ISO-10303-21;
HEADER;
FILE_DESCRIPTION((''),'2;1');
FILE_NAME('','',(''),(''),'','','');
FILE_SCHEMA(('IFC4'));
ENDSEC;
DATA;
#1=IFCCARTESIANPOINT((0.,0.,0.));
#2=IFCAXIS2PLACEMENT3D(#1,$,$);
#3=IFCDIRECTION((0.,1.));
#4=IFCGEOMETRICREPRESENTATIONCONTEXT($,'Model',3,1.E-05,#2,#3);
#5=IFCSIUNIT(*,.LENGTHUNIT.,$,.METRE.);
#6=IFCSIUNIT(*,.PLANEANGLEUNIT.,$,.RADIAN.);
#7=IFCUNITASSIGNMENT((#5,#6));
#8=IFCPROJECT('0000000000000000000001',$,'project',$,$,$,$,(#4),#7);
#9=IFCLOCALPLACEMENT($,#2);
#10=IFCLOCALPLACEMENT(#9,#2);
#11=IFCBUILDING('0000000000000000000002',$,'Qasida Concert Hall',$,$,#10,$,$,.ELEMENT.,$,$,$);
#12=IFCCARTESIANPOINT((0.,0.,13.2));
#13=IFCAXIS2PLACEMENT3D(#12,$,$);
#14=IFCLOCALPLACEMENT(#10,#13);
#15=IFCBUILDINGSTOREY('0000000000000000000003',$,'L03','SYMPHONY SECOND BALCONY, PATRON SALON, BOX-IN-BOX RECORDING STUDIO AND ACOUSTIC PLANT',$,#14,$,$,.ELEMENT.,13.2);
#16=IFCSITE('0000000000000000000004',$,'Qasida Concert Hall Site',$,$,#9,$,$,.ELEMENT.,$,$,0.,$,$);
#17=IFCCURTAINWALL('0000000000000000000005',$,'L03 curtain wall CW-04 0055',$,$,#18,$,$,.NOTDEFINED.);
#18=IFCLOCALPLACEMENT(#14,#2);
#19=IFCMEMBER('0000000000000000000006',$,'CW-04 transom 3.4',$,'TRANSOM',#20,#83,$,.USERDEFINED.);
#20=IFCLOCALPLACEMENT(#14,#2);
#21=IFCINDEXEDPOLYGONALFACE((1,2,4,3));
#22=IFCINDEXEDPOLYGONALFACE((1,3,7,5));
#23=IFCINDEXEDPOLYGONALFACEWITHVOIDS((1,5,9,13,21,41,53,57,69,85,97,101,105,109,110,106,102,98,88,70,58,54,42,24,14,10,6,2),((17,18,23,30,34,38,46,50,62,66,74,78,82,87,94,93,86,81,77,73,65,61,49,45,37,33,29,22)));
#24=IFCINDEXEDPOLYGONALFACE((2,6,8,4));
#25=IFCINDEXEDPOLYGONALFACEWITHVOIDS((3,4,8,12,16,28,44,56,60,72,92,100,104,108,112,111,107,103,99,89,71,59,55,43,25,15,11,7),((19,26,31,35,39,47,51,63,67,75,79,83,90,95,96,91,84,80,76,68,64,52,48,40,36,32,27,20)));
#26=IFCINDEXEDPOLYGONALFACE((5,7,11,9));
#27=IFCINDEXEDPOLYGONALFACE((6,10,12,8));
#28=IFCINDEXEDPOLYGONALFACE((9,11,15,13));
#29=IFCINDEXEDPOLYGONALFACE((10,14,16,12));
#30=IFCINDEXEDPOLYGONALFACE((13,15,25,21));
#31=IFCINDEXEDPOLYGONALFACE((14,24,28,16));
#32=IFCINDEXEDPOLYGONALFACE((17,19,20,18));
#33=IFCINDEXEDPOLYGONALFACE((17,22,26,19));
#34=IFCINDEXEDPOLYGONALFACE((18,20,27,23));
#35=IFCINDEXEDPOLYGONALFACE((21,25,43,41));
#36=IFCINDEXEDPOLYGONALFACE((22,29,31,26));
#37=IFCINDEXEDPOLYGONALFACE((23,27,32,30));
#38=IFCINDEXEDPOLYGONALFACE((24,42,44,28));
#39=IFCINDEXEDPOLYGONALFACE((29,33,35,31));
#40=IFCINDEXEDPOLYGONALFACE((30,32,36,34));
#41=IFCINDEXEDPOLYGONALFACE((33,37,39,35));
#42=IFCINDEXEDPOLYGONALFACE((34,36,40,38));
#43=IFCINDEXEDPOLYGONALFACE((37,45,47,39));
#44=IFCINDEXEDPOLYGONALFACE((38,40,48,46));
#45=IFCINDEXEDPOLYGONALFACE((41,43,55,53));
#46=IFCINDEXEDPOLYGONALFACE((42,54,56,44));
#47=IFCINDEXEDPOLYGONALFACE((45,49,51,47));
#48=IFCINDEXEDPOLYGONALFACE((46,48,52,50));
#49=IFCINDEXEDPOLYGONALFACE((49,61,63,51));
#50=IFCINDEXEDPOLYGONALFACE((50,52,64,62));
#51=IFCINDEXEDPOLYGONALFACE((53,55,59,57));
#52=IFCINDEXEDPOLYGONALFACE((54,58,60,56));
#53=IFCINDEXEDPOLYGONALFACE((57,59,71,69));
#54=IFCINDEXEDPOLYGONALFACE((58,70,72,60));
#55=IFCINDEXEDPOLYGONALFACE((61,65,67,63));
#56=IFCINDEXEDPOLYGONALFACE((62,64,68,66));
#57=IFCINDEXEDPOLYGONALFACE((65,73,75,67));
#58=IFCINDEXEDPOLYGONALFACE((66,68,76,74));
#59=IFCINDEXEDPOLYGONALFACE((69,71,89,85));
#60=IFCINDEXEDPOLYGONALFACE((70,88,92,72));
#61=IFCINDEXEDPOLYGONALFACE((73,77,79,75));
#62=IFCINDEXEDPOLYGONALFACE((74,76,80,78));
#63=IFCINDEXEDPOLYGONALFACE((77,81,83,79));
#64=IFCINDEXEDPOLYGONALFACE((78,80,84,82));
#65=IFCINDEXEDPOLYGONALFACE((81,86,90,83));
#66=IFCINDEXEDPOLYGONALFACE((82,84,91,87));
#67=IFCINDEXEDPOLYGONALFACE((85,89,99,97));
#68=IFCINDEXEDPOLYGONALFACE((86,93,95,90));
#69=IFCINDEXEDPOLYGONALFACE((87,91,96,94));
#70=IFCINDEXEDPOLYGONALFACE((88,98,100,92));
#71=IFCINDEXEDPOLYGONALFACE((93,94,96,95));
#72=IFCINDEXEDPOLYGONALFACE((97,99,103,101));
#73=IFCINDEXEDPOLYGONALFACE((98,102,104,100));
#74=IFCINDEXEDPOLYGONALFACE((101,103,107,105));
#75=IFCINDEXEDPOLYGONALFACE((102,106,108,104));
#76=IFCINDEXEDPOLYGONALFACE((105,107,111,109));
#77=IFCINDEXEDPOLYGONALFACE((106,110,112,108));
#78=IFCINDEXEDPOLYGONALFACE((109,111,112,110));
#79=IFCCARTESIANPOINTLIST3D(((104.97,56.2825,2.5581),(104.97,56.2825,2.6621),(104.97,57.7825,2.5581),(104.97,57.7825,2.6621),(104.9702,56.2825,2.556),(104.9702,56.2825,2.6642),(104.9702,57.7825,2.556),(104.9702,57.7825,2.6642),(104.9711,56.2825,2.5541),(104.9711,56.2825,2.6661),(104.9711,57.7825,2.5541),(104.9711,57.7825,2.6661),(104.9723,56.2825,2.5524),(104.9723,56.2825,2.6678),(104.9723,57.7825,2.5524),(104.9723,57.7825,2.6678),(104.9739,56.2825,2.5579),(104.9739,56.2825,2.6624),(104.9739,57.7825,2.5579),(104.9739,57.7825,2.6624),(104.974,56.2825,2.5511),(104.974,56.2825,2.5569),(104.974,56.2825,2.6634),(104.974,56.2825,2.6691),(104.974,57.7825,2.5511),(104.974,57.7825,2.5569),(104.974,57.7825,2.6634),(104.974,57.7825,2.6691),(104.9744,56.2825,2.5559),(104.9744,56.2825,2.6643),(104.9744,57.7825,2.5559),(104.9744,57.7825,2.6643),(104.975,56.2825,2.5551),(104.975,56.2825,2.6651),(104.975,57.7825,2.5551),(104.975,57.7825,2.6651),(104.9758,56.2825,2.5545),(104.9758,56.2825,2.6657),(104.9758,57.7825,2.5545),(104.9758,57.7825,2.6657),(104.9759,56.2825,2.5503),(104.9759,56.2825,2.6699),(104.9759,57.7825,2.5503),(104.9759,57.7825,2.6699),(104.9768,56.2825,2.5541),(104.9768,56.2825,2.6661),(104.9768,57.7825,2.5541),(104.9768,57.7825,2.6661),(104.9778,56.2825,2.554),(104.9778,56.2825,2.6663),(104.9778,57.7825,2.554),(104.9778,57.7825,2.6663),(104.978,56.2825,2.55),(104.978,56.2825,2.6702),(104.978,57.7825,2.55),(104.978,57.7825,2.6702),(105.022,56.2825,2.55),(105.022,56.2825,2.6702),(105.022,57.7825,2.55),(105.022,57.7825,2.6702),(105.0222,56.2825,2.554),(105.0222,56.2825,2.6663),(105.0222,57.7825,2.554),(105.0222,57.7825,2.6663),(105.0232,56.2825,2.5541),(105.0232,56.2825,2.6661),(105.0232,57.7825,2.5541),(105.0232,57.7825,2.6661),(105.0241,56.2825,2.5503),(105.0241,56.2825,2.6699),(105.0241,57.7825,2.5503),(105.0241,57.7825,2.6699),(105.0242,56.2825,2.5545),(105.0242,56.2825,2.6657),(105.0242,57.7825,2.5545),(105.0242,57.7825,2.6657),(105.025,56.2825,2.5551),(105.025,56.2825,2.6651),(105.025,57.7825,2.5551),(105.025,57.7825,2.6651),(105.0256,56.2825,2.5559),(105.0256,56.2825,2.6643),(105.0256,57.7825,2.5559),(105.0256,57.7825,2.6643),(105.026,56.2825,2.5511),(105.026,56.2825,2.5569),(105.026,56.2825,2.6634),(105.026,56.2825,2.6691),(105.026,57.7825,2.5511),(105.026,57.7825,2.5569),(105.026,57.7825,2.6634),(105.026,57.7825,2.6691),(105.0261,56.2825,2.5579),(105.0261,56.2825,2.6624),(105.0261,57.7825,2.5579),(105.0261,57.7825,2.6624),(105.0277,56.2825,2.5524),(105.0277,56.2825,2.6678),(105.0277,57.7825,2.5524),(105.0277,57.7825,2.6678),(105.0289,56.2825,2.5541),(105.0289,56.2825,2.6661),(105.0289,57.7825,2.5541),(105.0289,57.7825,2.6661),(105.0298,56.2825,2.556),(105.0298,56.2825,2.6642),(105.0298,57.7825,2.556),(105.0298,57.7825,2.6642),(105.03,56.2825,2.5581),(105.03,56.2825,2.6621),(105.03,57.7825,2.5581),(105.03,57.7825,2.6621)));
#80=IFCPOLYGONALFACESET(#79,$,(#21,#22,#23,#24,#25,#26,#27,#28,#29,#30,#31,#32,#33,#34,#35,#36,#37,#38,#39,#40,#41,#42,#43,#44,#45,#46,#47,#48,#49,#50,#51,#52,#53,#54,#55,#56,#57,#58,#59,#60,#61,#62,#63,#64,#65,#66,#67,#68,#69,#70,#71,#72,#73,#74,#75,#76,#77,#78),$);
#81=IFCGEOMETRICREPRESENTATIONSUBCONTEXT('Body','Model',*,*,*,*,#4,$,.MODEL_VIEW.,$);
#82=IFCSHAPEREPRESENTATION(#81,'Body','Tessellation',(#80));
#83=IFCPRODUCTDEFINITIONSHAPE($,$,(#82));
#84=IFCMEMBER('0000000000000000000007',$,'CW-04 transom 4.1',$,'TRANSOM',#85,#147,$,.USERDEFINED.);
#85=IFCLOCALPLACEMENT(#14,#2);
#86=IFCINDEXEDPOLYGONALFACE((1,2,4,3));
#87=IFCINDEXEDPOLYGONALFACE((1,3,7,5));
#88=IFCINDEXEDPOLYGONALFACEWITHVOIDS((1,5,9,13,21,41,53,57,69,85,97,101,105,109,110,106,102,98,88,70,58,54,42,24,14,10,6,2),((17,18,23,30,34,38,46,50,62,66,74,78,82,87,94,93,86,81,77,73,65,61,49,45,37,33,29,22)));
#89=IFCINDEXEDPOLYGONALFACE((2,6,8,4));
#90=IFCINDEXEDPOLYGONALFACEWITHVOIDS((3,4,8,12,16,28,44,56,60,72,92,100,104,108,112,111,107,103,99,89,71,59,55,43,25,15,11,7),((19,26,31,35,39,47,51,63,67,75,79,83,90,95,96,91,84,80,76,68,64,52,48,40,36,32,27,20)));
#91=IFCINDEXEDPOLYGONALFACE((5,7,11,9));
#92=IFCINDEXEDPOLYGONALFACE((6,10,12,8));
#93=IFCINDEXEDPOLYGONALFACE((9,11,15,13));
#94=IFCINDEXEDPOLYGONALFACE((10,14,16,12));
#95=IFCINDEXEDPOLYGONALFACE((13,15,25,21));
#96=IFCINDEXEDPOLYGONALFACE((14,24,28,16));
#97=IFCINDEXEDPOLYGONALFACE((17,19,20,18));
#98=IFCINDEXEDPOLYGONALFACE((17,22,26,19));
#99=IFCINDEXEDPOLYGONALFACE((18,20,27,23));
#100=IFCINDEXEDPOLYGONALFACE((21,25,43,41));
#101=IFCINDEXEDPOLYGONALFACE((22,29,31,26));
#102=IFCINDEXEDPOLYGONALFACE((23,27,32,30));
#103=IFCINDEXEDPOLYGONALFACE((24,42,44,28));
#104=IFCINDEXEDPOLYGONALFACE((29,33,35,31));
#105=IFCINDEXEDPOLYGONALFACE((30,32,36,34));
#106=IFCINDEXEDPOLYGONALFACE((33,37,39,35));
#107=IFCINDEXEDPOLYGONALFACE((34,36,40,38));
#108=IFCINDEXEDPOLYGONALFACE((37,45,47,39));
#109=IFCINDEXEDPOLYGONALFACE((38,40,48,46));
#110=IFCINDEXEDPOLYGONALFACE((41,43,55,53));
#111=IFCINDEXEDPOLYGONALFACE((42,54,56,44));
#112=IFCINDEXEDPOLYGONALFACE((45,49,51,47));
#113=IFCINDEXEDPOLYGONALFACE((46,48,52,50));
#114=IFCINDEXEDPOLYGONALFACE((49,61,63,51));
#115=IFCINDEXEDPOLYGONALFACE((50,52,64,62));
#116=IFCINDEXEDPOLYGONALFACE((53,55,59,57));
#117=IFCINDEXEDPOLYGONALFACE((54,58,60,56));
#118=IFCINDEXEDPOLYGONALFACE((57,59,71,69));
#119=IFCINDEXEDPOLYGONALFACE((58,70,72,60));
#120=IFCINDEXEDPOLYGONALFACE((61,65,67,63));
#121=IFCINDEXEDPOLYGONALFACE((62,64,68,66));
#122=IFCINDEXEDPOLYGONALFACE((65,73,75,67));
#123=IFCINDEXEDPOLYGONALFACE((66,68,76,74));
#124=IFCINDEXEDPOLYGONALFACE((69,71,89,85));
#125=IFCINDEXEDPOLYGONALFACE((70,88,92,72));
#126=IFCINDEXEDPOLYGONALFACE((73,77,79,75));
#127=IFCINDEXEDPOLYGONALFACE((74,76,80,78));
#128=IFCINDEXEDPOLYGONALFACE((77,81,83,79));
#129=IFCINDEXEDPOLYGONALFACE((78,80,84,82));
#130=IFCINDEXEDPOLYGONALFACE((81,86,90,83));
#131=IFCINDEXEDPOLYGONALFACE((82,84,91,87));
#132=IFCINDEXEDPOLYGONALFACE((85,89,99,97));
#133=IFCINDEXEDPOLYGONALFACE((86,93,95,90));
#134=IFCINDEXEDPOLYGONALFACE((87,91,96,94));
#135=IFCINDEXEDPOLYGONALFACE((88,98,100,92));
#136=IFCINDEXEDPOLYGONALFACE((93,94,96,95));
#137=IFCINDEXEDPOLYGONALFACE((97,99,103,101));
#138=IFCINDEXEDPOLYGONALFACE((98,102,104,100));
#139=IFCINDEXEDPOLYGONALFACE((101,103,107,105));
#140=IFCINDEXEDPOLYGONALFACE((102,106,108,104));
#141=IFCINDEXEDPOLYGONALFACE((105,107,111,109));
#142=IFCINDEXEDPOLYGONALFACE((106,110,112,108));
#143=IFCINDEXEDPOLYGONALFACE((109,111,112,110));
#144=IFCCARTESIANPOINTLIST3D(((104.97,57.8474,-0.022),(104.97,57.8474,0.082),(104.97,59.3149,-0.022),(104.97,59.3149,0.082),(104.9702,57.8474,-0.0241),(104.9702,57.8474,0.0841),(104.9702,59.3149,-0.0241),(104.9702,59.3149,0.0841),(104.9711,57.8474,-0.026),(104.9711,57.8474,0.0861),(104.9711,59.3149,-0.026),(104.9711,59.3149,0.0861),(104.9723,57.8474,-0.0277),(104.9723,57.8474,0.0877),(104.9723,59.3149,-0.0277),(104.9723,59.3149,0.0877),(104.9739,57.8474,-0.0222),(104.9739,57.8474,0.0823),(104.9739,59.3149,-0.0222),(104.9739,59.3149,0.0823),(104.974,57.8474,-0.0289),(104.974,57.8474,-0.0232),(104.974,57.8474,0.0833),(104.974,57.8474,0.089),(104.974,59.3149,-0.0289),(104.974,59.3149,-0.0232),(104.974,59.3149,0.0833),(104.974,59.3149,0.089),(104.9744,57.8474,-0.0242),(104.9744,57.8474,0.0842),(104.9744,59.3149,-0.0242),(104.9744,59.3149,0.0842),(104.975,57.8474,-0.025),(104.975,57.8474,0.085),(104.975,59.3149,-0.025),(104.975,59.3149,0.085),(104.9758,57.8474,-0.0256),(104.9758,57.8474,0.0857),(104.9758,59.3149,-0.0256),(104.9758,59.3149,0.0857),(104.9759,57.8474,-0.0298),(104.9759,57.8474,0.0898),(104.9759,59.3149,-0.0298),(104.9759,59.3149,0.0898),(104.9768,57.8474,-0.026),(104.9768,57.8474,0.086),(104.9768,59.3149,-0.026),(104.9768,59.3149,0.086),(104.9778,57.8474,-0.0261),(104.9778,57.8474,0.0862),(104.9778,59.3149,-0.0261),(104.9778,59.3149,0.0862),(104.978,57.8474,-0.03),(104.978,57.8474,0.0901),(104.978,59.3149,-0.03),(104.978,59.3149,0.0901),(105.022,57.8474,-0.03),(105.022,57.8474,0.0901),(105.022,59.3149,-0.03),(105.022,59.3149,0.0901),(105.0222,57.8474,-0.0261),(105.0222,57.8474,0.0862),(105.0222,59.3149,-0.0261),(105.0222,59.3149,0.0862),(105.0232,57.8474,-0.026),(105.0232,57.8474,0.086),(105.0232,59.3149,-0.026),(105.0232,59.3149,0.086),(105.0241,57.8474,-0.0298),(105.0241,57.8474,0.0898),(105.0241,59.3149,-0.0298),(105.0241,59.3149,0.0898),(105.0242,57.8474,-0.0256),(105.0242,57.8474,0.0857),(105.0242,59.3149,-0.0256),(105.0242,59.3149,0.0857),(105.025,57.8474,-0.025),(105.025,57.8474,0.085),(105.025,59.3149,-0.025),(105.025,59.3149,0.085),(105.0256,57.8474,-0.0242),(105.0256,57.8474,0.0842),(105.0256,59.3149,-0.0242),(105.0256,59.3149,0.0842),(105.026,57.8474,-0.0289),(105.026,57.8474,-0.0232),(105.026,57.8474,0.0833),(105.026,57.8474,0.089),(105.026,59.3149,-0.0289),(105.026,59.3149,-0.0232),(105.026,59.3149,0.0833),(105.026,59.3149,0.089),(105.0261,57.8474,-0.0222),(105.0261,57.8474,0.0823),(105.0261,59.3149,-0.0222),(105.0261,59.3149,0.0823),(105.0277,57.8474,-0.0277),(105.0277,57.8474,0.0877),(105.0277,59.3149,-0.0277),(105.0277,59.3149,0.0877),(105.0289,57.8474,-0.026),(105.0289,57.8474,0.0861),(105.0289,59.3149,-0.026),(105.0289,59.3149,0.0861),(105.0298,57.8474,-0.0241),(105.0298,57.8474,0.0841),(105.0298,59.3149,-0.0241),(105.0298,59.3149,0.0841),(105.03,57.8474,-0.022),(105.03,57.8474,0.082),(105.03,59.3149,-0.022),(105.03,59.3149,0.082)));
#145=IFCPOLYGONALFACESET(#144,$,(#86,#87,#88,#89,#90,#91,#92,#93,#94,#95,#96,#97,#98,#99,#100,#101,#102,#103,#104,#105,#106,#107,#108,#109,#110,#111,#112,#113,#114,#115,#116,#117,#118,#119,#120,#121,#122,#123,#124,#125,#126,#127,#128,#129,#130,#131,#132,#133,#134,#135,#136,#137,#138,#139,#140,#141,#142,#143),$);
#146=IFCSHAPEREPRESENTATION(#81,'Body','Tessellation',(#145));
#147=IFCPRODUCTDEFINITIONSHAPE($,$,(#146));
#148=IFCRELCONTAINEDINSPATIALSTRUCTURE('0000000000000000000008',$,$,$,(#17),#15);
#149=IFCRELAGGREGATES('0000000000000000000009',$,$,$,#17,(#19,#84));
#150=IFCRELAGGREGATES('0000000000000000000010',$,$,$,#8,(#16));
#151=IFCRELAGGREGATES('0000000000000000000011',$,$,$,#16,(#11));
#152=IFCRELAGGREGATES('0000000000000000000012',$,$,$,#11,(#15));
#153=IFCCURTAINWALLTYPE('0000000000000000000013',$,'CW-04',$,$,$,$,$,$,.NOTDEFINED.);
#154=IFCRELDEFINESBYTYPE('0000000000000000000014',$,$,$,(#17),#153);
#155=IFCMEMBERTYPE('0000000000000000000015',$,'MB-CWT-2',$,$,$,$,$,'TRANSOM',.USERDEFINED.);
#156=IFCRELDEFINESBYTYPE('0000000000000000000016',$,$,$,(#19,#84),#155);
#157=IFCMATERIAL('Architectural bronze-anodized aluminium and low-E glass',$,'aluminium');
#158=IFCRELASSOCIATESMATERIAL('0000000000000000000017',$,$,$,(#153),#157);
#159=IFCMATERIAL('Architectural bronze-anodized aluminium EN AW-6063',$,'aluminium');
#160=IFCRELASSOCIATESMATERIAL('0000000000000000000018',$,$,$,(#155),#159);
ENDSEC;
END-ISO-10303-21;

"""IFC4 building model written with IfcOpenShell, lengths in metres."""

from ifc_helpers import new_model, si_unit, direction, frame, origin, origin_2d, place, context, subcontext, project, spatial, hollow_rectangle, extrude, material, material_profile, profile_set, type_object, element, aggregate, save


model = new_model("IFC4")

# Units and contexts
model_context = context("Model", 3, precision=1e-05, world=origin(), true_north=direction((0.0, 1.0)))
body_context = subcontext(model_context, "Body", "Model", "MODEL_VIEW")
ifc_project = project(units=[si_unit("LENGTHUNIT", "METRE"), si_unit("PLANEANGLEUNIT", "RADIAN")], contexts=[model_context])

# Site, building, storey
site_placement = place(None, origin())
site = spatial("IfcSite", under=ifc_project, at=site_placement, Name="Qasida Concert Hall Site", CompositionType="ELEMENT", RefElevation=0.0)
building_placement = place(site_placement, origin())
building = spatial("IfcBuilding", under=site, at=building_placement, Name="Qasida Concert Hall", CompositionType="ELEMENT")
storey_placement = place(building_placement, frame((0.0, 0.0, 13.2)))
storey = spatial("IfcBuildingStorey", under=building, at=storey_placement, Name="L03", Description="SYMPHONY SECOND BALCONY, PATRON SALON, BOX-IN-BOX RECORDING STUDIO AND ACOUSTIC PLANT", CompositionType="ELEMENT", Elevation=13.2)

# Curtain wall, members
ifc_material_1 = material(Name="Architectural bronze-anodized aluminium and low-E glass", Category="aluminium")
curtain_wall_type = type_object("IfcCurtainWallType", Name="CW-04", PredefinedType="NOTDEFINED", material=ifc_material_1)
curtain_wall_placement = place(storey_placement, origin())
curtain_wall = element("IfcCurtainWall", 1, at=curtain_wall_placement, inside=storey, type_object=curtain_wall_type, Name="L03 curtain wall CW-04 0055", PredefinedType="NOTDEFINED")
ifc_material_2 = material(Name="Architectural bronze-anodized aluminium EN AW-6063", Category="aluminium")
ifc_material_profile_1 = material_profile(ifc_material_2, hollow_rectangle(XDim=0.0601, YDim=0.1201, WallThickness=0.0039, InnerFilletRadius=0.0039, OuterFilletRadius=0.0081, at=origin_2d()), Name="CWT 120x60x4")
ifc_profile_set_1 = profile_set([ifc_material_profile_1], Name="Architectural bronze-anodized aluminium EN AW-6063")
member_type_1 = type_object("IfcMemberType", Name="MB-CWT-2", ElementType="TRANSOM", PredefinedType="USERDEFINED", material=ifc_profile_set_1)
member_1_placement = place(storey_placement, frame((105.0, 56.2825, 2.6101), z_axis=(0.0, 1.0, 0.0), x_axis=(-1.0, 0.0, 0.0)))
member_1 = element("IfcMember", 2, at=member_1_placement, type_object=member_type_1, Name="CW-04 transom 3.4", ObjectType="TRANSOM", PredefinedType="USERDEFINED", context=body_context, shape_type="SweptSolid", body=[
    extrude(hollow_rectangle(XDim=0.0601, YDim=0.1201, WallThickness=0.0039, InnerFilletRadius=0.0039, OuterFilletRadius=0.0081, at=origin_2d()), origin(), (0.0, 0.0, 1.0), 1.5),
])
member_2_placement = place(storey_placement, frame((105.0, 57.8474, 0.03), z_axis=(0.0, 1.0, 0.0), x_axis=(-1.0, 0.0, 0.0)))
member_2 = element("IfcMember", 3, at=member_2_placement, type_object=member_type_1, Name="CW-04 transom 4.1", ObjectType="TRANSOM", PredefinedType="USERDEFINED", context=body_context, shape_type="SweptSolid", body=[
    extrude(hollow_rectangle(XDim=0.0601, YDim=0.1201, WallThickness=0.0039, InnerFilletRadius=0.0039, OuterFilletRadius=0.0081, at=origin_2d()), origin(), (0.0, 0.0, 1.0), 1.4675),
])
aggregate(curtain_wall, [member_1, member_2])

save(model, "model.ifc")
